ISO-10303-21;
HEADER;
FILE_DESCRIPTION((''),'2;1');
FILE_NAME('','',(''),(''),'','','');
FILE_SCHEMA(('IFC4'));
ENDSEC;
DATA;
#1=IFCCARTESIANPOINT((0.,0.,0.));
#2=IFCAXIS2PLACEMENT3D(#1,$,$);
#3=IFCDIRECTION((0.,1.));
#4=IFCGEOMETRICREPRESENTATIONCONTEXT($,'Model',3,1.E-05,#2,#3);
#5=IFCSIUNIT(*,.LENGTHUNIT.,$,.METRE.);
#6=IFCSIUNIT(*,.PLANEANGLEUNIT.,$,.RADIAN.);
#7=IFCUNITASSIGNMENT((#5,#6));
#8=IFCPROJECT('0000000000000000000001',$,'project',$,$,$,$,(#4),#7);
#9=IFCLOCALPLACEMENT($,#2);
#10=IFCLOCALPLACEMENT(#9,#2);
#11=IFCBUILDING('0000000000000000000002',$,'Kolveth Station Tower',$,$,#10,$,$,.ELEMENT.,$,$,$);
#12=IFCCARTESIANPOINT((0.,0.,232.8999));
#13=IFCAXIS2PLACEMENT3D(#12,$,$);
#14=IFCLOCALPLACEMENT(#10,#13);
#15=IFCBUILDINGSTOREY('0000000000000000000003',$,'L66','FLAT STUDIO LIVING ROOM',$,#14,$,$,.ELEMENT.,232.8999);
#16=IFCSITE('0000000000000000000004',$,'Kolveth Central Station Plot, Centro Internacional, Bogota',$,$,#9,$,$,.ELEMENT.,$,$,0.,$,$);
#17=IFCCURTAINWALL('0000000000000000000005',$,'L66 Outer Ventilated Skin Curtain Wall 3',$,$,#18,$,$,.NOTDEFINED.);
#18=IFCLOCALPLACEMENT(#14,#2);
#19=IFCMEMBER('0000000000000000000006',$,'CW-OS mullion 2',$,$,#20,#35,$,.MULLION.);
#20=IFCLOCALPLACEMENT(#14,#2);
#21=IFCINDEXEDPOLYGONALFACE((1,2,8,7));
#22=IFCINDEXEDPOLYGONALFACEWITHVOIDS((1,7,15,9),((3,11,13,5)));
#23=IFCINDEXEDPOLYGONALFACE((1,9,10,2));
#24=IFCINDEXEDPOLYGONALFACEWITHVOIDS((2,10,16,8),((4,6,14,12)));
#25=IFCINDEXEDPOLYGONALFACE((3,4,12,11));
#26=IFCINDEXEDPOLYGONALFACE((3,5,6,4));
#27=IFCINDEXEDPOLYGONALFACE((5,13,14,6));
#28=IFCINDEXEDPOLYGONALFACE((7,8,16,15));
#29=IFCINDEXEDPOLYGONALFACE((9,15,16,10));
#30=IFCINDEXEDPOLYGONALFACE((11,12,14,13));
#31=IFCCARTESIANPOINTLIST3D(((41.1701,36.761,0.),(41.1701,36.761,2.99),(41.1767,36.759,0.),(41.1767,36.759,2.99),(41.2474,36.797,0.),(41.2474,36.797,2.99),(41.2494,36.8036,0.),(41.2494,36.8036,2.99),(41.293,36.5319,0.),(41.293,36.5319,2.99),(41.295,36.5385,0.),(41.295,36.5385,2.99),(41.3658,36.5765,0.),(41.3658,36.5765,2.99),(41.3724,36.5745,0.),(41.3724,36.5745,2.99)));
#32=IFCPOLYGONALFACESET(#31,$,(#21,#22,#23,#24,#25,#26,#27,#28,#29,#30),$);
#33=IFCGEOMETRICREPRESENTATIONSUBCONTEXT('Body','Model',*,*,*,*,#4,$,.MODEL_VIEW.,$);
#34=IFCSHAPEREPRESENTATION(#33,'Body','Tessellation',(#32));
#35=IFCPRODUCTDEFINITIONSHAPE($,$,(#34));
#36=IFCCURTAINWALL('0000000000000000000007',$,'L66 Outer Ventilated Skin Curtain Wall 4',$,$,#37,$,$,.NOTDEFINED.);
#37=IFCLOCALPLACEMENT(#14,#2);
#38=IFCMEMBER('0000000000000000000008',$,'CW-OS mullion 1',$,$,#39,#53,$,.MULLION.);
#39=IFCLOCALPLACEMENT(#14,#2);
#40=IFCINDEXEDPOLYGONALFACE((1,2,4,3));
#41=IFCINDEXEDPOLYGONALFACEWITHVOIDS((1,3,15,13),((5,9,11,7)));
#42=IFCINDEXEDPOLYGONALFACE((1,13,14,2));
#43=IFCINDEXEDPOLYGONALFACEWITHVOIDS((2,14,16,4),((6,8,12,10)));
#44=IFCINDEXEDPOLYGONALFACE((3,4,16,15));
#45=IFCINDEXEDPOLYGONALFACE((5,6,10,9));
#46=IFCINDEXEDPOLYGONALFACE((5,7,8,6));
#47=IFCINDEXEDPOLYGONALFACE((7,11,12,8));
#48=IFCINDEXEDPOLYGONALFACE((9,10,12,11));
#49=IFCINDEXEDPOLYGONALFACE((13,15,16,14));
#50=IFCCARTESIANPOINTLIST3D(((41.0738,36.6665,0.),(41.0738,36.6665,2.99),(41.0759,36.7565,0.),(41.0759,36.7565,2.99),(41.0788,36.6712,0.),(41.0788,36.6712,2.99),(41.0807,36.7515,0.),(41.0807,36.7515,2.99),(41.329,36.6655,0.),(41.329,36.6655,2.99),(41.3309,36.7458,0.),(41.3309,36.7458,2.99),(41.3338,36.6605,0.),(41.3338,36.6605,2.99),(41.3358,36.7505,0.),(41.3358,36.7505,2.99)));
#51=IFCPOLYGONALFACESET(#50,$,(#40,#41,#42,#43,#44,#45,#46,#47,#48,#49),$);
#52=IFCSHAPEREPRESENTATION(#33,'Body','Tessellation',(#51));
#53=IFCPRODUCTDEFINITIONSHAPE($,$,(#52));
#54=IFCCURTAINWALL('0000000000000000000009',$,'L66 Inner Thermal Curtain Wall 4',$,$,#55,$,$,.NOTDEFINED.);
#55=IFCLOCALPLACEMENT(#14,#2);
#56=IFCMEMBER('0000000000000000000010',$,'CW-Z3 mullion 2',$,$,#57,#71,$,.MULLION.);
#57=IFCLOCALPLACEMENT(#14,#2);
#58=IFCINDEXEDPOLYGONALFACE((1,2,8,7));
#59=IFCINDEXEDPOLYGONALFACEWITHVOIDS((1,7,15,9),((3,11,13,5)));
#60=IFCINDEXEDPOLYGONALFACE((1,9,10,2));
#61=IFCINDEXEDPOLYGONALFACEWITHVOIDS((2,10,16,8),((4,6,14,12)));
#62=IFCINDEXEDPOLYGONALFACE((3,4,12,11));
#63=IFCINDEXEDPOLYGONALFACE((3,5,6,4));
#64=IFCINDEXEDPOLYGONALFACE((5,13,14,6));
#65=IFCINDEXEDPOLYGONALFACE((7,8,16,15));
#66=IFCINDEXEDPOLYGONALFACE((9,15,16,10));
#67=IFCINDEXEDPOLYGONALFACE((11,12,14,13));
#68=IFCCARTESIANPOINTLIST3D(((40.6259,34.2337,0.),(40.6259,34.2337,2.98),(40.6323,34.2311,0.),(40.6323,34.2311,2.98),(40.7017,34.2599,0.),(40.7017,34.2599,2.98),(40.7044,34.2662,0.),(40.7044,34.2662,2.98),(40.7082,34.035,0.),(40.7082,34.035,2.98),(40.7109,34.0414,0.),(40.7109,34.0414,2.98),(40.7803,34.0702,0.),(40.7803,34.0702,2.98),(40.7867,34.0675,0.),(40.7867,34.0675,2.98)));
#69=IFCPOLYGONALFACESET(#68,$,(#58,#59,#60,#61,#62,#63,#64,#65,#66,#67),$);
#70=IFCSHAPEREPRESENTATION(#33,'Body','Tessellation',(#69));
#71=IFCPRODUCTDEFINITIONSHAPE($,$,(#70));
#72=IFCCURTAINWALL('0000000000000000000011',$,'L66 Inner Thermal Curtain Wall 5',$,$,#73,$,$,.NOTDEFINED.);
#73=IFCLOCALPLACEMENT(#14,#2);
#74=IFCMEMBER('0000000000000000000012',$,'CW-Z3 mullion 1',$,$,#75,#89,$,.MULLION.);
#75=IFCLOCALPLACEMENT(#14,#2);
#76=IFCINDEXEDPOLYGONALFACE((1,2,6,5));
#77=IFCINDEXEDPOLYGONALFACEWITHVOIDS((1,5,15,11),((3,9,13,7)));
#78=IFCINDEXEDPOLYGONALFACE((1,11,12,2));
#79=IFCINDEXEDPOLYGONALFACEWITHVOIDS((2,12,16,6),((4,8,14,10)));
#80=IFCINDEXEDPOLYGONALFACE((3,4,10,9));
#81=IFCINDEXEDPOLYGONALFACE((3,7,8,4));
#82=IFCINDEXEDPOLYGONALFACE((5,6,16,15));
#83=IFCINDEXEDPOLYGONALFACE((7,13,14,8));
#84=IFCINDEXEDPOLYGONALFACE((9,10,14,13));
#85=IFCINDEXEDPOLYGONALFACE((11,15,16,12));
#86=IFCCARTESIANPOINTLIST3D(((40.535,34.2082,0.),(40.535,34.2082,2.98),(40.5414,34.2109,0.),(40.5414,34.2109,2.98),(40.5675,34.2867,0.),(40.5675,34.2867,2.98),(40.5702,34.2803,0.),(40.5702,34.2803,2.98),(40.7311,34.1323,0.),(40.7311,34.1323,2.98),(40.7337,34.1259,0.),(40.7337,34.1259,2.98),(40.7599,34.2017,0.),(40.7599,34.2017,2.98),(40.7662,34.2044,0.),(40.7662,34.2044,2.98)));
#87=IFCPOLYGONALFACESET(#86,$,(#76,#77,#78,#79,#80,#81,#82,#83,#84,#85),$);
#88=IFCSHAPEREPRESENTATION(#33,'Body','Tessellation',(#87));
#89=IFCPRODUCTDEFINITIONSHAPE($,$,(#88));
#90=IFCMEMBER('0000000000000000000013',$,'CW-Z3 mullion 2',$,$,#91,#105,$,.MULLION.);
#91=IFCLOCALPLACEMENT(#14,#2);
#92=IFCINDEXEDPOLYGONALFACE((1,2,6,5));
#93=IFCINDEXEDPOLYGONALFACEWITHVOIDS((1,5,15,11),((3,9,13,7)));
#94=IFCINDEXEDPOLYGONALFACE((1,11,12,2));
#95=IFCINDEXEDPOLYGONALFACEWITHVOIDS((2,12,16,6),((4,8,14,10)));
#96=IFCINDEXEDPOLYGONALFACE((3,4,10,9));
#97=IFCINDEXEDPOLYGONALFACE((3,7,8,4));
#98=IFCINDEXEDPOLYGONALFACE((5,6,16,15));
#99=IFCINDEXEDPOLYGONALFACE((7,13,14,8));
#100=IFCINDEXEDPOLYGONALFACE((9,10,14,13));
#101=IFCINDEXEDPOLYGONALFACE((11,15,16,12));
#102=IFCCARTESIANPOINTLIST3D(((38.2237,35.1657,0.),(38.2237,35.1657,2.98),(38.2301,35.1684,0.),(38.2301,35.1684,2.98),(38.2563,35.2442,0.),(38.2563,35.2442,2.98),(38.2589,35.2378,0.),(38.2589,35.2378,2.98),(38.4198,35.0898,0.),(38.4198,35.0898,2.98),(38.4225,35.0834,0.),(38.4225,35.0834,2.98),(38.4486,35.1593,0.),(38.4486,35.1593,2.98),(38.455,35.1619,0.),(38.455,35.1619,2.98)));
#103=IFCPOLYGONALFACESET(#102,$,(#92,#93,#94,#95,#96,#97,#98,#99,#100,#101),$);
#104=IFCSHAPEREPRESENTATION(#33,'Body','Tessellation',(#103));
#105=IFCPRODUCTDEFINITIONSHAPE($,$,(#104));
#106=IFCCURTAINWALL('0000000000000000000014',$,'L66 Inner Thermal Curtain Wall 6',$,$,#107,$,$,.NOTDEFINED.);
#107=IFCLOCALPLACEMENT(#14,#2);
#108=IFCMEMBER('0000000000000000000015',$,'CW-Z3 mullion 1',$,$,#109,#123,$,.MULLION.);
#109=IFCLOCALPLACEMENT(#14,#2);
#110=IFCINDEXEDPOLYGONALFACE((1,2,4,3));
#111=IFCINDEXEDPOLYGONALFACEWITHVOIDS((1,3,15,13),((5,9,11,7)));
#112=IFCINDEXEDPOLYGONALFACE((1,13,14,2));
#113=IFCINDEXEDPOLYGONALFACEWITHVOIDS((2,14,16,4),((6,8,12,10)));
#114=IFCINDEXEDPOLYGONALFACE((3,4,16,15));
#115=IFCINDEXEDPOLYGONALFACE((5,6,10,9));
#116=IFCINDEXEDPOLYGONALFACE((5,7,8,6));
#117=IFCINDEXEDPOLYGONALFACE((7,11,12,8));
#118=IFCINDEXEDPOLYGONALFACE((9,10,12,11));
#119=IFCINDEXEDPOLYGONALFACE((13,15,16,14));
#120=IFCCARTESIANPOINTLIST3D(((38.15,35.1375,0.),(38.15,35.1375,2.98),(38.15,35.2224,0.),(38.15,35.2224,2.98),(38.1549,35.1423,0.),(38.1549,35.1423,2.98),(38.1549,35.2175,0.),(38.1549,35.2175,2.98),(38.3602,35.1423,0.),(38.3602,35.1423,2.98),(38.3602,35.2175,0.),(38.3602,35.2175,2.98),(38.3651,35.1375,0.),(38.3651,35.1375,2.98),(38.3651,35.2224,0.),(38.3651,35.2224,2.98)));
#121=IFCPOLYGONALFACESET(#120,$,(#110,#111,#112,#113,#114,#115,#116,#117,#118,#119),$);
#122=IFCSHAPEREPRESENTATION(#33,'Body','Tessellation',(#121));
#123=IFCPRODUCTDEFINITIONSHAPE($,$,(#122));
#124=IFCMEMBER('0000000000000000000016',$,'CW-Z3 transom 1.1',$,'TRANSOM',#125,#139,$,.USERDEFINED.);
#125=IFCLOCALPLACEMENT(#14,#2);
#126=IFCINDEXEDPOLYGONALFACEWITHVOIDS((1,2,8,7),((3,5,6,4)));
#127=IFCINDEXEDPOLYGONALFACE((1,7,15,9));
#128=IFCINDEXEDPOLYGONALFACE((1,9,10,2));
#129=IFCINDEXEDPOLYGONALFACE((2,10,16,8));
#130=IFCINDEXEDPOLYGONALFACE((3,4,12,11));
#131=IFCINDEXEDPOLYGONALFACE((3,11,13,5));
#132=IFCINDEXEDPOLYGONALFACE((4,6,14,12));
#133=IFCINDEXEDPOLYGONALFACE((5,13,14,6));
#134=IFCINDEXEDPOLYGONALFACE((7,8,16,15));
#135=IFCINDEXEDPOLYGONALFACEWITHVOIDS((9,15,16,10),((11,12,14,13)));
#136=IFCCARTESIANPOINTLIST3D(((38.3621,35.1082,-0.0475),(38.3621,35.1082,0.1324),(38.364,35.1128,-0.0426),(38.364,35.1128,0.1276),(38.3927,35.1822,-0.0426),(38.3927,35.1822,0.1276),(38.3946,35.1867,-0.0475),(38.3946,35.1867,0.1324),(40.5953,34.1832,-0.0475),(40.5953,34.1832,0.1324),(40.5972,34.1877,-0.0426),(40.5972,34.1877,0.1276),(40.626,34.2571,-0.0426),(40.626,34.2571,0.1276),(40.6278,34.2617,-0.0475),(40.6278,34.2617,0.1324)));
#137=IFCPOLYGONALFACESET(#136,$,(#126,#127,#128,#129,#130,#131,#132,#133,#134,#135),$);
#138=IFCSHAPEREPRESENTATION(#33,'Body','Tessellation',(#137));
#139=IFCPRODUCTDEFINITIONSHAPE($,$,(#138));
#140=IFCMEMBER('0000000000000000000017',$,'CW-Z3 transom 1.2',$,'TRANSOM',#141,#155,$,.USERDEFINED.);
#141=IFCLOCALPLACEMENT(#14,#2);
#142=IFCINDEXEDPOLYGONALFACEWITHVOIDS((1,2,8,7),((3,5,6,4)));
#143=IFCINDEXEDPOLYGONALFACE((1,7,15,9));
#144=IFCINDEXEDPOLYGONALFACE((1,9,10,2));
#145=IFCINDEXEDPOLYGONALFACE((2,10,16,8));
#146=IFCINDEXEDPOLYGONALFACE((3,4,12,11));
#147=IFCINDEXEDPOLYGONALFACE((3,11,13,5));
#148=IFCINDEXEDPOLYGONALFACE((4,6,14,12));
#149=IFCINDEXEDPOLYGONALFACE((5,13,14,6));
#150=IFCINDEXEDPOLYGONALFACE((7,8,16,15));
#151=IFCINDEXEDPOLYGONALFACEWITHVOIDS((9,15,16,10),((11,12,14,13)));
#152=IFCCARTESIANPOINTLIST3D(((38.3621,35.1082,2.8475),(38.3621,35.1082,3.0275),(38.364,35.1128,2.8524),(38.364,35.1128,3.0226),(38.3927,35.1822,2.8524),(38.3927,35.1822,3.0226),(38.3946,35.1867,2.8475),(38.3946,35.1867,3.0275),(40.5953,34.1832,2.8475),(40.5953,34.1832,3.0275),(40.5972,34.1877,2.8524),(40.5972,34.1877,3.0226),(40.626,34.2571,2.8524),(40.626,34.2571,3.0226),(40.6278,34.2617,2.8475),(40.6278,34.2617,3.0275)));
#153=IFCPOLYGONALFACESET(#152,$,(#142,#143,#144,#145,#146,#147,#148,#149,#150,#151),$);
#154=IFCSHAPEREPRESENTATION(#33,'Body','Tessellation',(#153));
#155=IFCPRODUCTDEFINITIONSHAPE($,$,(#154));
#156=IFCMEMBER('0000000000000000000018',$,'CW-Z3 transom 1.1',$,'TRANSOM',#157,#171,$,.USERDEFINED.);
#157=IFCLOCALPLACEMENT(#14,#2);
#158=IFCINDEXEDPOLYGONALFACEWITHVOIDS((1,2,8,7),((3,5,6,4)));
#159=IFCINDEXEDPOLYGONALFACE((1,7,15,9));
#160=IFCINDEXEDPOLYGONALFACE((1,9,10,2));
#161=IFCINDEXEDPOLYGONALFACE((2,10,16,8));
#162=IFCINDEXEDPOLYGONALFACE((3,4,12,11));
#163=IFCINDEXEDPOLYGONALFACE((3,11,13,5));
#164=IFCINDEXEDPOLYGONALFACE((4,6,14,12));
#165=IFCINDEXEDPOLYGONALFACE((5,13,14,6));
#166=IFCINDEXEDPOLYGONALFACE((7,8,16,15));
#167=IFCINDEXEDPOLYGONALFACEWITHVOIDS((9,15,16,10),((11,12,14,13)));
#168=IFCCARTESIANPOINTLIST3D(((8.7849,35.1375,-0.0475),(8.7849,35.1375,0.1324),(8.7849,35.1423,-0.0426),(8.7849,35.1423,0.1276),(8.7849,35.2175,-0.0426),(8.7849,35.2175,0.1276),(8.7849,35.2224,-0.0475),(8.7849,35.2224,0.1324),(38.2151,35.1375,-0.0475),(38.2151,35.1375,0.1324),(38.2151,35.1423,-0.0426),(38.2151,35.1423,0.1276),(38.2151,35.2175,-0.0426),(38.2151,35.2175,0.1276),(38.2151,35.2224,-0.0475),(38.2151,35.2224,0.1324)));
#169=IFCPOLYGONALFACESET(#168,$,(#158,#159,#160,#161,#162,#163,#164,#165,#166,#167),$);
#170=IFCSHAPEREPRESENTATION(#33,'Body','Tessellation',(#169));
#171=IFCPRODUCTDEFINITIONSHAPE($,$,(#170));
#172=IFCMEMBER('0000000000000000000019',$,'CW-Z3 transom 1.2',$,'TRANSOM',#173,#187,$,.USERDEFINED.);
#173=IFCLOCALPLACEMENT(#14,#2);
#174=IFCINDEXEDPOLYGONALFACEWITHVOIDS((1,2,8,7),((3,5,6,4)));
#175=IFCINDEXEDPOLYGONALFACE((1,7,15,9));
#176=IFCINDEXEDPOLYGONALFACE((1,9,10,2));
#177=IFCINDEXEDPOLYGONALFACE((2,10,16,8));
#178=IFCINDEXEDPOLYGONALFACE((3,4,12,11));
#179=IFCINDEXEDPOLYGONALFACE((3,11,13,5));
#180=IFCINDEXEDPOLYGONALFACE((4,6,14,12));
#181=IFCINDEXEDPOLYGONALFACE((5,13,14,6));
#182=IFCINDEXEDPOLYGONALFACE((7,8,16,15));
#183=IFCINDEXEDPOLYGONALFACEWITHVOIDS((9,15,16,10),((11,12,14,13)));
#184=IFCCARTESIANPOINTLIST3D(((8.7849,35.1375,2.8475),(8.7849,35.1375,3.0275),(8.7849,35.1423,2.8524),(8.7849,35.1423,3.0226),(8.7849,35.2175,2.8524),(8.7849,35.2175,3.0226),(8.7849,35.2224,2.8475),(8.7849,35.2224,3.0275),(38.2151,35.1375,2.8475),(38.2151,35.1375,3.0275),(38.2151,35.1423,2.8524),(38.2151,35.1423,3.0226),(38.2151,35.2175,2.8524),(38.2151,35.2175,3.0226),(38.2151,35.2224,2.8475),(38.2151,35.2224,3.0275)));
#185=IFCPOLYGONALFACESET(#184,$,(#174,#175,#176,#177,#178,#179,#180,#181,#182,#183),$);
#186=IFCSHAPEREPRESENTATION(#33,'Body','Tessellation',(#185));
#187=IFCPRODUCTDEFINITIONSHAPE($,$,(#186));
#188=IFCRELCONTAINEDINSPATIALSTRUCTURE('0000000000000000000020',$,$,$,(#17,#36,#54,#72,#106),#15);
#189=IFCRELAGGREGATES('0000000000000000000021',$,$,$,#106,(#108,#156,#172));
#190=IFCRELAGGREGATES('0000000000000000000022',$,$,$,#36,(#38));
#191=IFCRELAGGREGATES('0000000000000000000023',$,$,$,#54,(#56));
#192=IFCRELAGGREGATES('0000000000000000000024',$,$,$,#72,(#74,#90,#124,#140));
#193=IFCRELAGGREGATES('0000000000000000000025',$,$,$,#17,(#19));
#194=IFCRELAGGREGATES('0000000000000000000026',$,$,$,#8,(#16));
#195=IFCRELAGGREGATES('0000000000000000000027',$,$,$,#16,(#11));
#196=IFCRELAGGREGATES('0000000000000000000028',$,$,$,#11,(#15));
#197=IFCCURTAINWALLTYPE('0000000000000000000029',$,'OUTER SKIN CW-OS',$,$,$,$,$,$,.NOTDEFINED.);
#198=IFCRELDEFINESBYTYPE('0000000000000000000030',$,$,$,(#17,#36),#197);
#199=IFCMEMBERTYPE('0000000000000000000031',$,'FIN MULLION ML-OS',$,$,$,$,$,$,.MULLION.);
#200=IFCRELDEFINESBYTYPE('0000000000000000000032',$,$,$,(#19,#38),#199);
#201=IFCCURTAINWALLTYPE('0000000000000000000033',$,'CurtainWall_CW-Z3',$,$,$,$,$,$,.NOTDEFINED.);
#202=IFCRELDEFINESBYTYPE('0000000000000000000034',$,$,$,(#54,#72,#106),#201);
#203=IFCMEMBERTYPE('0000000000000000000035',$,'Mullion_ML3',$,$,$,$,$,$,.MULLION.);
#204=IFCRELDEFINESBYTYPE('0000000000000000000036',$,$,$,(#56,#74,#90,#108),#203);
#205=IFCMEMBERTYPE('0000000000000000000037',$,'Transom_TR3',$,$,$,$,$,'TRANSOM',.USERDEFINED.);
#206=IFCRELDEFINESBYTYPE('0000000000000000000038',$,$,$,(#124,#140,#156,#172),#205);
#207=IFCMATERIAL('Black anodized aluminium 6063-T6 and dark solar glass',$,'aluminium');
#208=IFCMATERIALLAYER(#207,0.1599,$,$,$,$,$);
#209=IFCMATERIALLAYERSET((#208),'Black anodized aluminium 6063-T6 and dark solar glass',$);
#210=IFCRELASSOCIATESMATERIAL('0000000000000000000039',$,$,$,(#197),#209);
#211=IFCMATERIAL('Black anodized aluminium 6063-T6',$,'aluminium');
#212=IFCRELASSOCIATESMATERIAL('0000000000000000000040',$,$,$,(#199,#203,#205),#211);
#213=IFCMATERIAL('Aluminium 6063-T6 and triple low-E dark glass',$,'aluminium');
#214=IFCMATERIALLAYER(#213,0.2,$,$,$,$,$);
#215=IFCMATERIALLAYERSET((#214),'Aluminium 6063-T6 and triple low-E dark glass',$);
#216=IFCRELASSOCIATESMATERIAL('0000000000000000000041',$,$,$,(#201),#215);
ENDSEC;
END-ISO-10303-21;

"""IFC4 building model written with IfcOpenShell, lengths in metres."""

from ifc_helpers import new_model, si_unit, direction, frame, origin, origin_2d, place, context, subcontext, project, spatial, hollow_rectangle, extrude, source, transform, mapped, material, layer, layer_set, material_profile, profile_set, type_object, element, aggregate, save


model = new_model("IFC4")

# Units and contexts
model_context = context("Model", 3, precision=1e-05, world=origin(), true_north=direction((0.0, 1.0)))
body_context = subcontext(model_context, "Body", "Model", "MODEL_VIEW")
ifc_project = project(units=[si_unit("LENGTHUNIT", "METRE"), si_unit("PLANEANGLEUNIT", "RADIAN")], contexts=[model_context])

# Site, building, storey
site_placement = place(None, origin())
site = spatial("IfcSite", under=ifc_project, at=site_placement, Name="Kolveth Central Station Plot, Centro Internacional, Bogota", CompositionType="ELEMENT", RefElevation=0.0)
building_placement = place(site_placement, origin())
building = spatial("IfcBuilding", under=site, at=building_placement, Name="Kolveth Station Tower", CompositionType="ELEMENT")
storey_placement = place(building_placement, frame((0.0, 0.0, 232.8999)))
storey = spatial("IfcBuildingStorey", under=building, at=storey_placement, Name="L66", Description="FLAT STUDIO LIVING ROOM", CompositionType="ELEMENT", Elevation=232.8999)

# Curtain walls, members
ifc_material_1 = material(Name="Black anodized aluminium 6063-T6 and dark solar glass", Category="aluminium")
ifc_layer_1 = layer(ifc_material_1, 0.1599)
ifc_layer_set_1 = layer_set([ifc_layer_1], Name="Black anodized aluminium 6063-T6 and dark solar glass")
curtain_wall_type_1 = type_object("IfcCurtainWallType", Name="OUTER SKIN CW-OS", PredefinedType="NOTDEFINED", material=ifc_layer_set_1)
curtain_wall_1_placement = place(storey_placement, origin())
curtain_wall_1 = element("IfcCurtainWall", 1, at=curtain_wall_1_placement, inside=storey, type_object=curtain_wall_type_1, Name="L66 Outer Ventilated Skin Curtain Wall 3", PredefinedType="NOTDEFINED")
ifc_material_2 = material(Name="Black anodized aluminium 6063-T6", Category="aluminium")
ifc_material_profile_1 = material_profile(ifc_material_2, hollow_rectangle(XDim=0.0901, YDim=0.26, WallThickness=0.0049, at=origin_2d()), Name="ALU-90x260x5")
ifc_profile_set_1 = profile_set([ifc_material_profile_1], Name="Black anodized aluminium 6063-T6")
member_type_1 = type_object("IfcMemberType", Name="FIN MULLION ML-OS", PredefinedType="MULLION", material=ifc_profile_set_1)
shared_shape_1 = source(origin(), body_context, "Body", "SweptSolid", [
    extrude(hollow_rectangle(XDim=0.0901, YDim=0.26, WallThickness=0.0049, at=origin_2d()), origin(), (0.0, 0.0, 1.0), 2.99),
])
member_1_placement = place(storey_placement, frame((41.2712, 36.6677, 0.0), z_axis=(0.0, 0.0, 1.0), x_axis=(-0.881071, -0.472983, 0.0)))
member_1 = element("IfcMember", 2, at=member_1_placement, type_object=member_type_1, Name="CW-OS mullion 2", PredefinedType="MULLION", context=body_context, shape_type="MappedRepresentation", body=[
    mapped(shared_shape_1, transform((0.0, 0.0, 0.0), x_axis=(1.0, 0.0, 0.0), y_axis=(0.0, 1.0, 0.0), z_axis=(0.0, 0.0, 1.0), scale=1.0)),
])
curtain_wall_2_placement = place(storey_placement, origin())
curtain_wall_2 = element("IfcCurtainWall", 3, at=curtain_wall_2_placement, inside=storey, type_object=curtain_wall_type_1, Name="L66 Outer Ventilated Skin Curtain Wall 4", PredefinedType="NOTDEFINED")
member_2_placement = place(storey_placement, frame((41.2048, 36.7085, 0.0), z_axis=(0.0, 0.0, 1.0), x_axis=(-0.023116, -0.999733, 0.0)))
member_2 = element("IfcMember", 4, at=member_2_placement, type_object=member_type_1, Name="CW-OS mullion 1", PredefinedType="MULLION", context=body_context, shape_type="MappedRepresentation", body=[
    mapped(shared_shape_1, transform((0.0, 0.0, 0.0), x_axis=(1.0, 0.0, 0.0), y_axis=(0.0, 1.0, 0.0), z_axis=(0.0, 0.0, 1.0), scale=1.0)),
])
ifc_material_3 = material(Name="Aluminium 6063-T6 and triple low-E dark glass", Category="aluminium")
ifc_layer_2 = layer(ifc_material_3, 0.2)
ifc_layer_set_2 = layer_set([ifc_layer_2], Name="Aluminium 6063-T6 and triple low-E dark glass")
curtain_wall_type_2 = type_object("IfcCurtainWallType", Name="CurtainWall_CW-Z3", PredefinedType="NOTDEFINED", material=ifc_layer_set_2)
curtain_wall_3_placement = place(storey_placement, origin())
curtain_wall_3 = element("IfcCurtainWall", 5, at=curtain_wall_3_placement, inside=storey, type_object=curtain_wall_type_2, Name="L66 Inner Thermal Curtain Wall 4", PredefinedType="NOTDEFINED")
ifc_material_profile_2 = material_profile(ifc_material_2, hollow_rectangle(XDim=0.085, YDim=0.2151, WallThickness=0.0049, at=origin_2d()), Name="ALU-85x215x5")
ifc_profile_set_2 = profile_set([ifc_material_profile_2], Name="Black anodized aluminium 6063-T6")
member_type_2 = type_object("IfcMemberType", Name="Mullion_ML3", PredefinedType="MULLION", material=ifc_profile_set_2)
shared_shape_2 = source(origin(), body_context, "Body", "SweptSolid", [
    extrude(hollow_rectangle(XDim=0.085, YDim=0.2151, WallThickness=0.0049, at=origin_2d()), origin(), (0.0, 0.0, 1.0), 2.98),
])
member_3_placement = place(storey_placement, frame((40.7063, 34.1506, 0.0), z_axis=(0.0, 0.0, 1.0), x_axis=(-0.923875, -0.382693, 0.0)))
member_3 = element("IfcMember", 6, at=member_3_placement, type_object=member_type_2, Name="CW-Z3 mullion 2", PredefinedType="MULLION", context=body_context, shape_type="MappedRepresentation", body=[
    mapped(shared_shape_2, transform((0.0, 0.0, 0.0), x_axis=(1.0, 0.0, 0.0), y_axis=(0.0, 1.0, 0.0), z_axis=(0.0, 0.0, 1.0), scale=1.0)),
])

# Curtain wall, members
curtain_wall_4_placement = place(storey_placement, origin())
curtain_wall_4 = element("IfcCurtainWall", 7, at=curtain_wall_4_placement, inside=storey, type_object=curtain_wall_type_2, Name="L66 Inner Thermal Curtain Wall 5", PredefinedType="NOTDEFINED")
member_4_placement = place(storey_placement, frame((40.6506, 34.2063, 0.0), z_axis=(0.0, 0.0, 1.0), x_axis=(-0.382693, -0.923875, 0.0)))
member_4 = element("IfcMember", 8, at=member_4_placement, type_object=member_type_2, Name="CW-Z3 mullion 1", PredefinedType="MULLION", context=body_context, shape_type="MappedRepresentation", body=[
    mapped(shared_shape_2, transform((0.0, 0.0, 0.0), x_axis=(1.0, 0.0, 0.0), y_axis=(0.0, 1.0, 0.0), z_axis=(0.0, 0.0, 1.0), scale=1.0)),
])
member_5_placement = place(storey_placement, frame((38.3394, 35.1638, 0.0), z_axis=(0.0, 0.0, 1.0), x_axis=(-0.382693, -0.923875, 0.0)))
member_5 = element("IfcMember", 9, at=member_5_placement, type_object=member_type_2, Name="CW-Z3 mullion 2", PredefinedType="MULLION", context=body_context, shape_type="MappedRepresentation", body=[
    mapped(shared_shape_2, transform((0.0, 0.0, 0.0), x_axis=(1.0, 0.0, 0.0), y_axis=(0.0, 1.0, 0.0), z_axis=(0.0, 0.0, 1.0), scale=1.0)),
])

# Curtain wall, member
curtain_wall_5_placement = place(storey_placement, origin())
curtain_wall_5 = element("IfcCurtainWall", 10, at=curtain_wall_5_placement, inside=storey, type_object=curtain_wall_type_2, Name="L66 Inner Thermal Curtain Wall 6", PredefinedType="NOTDEFINED")
member_6_placement = place(storey_placement, frame((38.2576, 35.1799, 0.0), z_axis=(0.0, 0.0, 1.0), x_axis=(0.0, -1.0, 0.0)))
member_6 = element("IfcMember", 11, at=member_6_placement, type_object=member_type_2, Name="CW-Z3 mullion 1", PredefinedType="MULLION", context=body_context, shape_type="MappedRepresentation", body=[
    mapped(shared_shape_2, transform((0.0, 0.0, 0.0), x_axis=(1.0, 0.0, 0.0), y_axis=(0.0, 1.0, 0.0), z_axis=(0.0, 0.0, 1.0), scale=1.0)),
])

# Members
ifc_material_profile_3 = material_profile(ifc_material_2, hollow_rectangle(XDim=0.085, YDim=0.1799, WallThickness=0.0049, at=origin_2d()), Name="ALU-85x180x5")
ifc_profile_set_3 = profile_set([ifc_material_profile_3], Name="Black anodized aluminium 6063-T6")
member_type_3 = type_object("IfcMemberType", Name="Transom_TR3", ElementType="TRANSOM", PredefinedType="USERDEFINED", material=ifc_profile_set_3)
shared_shape_3 = source(origin(), body_context, "Body", "SweptSolid", [
    extrude(hollow_rectangle(XDim=0.085, YDim=0.1799, WallThickness=0.0049, at=origin_2d()), origin(), (0.0, 0.0, 1.0), 2.4172),
])
member_7_placement = place(storey_placement, frame((40.6116, 34.2224, 0.0425), z_axis=(-0.923873, 0.3827, 0.0), x_axis=(-0.3827, -0.923873, 0.0)))
member_7 = element("IfcMember", 12, at=member_7_placement, type_object=member_type_3, Name="CW-Z3 transom 1.1", ObjectType="TRANSOM", PredefinedType="USERDEFINED", context=body_context, shape_type="MappedRepresentation", body=[
    mapped(shared_shape_3, transform((0.0, 0.0, 0.0), x_axis=(1.0, 0.0, 0.0), y_axis=(0.0, 1.0, 0.0), z_axis=(0.0, 0.0, 1.0), scale=1.0)),
])
member_8_placement = place(storey_placement, frame((40.6116, 34.2224, 2.9375), z_axis=(-0.923873, 0.3827, 0.0), x_axis=(-0.3827, -0.923873, 0.0)))
member_8 = element("IfcMember", 13, at=member_8_placement, type_object=member_type_3, Name="CW-Z3 transom 1.2", ObjectType="TRANSOM", PredefinedType="USERDEFINED", context=body_context, shape_type="MappedRepresentation", body=[
    mapped(shared_shape_3, transform((0.0, 0.0, 0.0), x_axis=(1.0, 0.0, 0.0), y_axis=(0.0, 1.0, 0.0), z_axis=(0.0, 0.0, 1.0), scale=1.0)),
])
shared_shape_4 = source(origin(), body_context, "Body", "SweptSolid", [
    extrude(hollow_rectangle(XDim=0.085, YDim=0.1799, WallThickness=0.0049, at=origin_2d()), origin(), (0.0, 0.0, 1.0), 29.4302),
])
member_9_placement = place(storey_placement, frame((38.2151, 35.1799, 0.0425), z_axis=(-1.0, 0.0, 0.0), x_axis=(0.0, -1.0, 0.0)))
member_9 = element("IfcMember", 14, at=member_9_placement, type_object=member_type_3, Name="CW-Z3 transom 1.1", ObjectType="TRANSOM", PredefinedType="USERDEFINED", context=body_context, shape_type="MappedRepresentation", body=[
    mapped(shared_shape_4, transform((0.0, 0.0, 0.0), x_axis=(1.0, 0.0, 0.0), y_axis=(0.0, 1.0, 0.0), z_axis=(0.0, 0.0, 1.0), scale=1.0)),
])
member_10_placement = place(storey_placement, frame((38.2151, 35.1799, 2.9375), z_axis=(-1.0, 0.0, 0.0), x_axis=(0.0, -1.0, 0.0)))
member_10 = element("IfcMember", 15, at=member_10_placement, type_object=member_type_3, Name="CW-Z3 transom 1.2", ObjectType="TRANSOM", PredefinedType="USERDEFINED", context=body_context, shape_type="MappedRepresentation", body=[
    mapped(shared_shape_4, transform((0.0, 0.0, 0.0), x_axis=(1.0, 0.0, 0.0), y_axis=(0.0, 1.0, 0.0), z_axis=(0.0, 0.0, 1.0), scale=1.0)),
])
aggregate(curtain_wall_5, [member_6, member_9, member_10])
aggregate(curtain_wall_2, [member_2])

aggregate(curtain_wall_3, [member_3])
aggregate(curtain_wall_4, [member_4, member_5, member_7, member_8])
aggregate(curtain_wall_1, [member_1])

save(model, "model.ifc")
